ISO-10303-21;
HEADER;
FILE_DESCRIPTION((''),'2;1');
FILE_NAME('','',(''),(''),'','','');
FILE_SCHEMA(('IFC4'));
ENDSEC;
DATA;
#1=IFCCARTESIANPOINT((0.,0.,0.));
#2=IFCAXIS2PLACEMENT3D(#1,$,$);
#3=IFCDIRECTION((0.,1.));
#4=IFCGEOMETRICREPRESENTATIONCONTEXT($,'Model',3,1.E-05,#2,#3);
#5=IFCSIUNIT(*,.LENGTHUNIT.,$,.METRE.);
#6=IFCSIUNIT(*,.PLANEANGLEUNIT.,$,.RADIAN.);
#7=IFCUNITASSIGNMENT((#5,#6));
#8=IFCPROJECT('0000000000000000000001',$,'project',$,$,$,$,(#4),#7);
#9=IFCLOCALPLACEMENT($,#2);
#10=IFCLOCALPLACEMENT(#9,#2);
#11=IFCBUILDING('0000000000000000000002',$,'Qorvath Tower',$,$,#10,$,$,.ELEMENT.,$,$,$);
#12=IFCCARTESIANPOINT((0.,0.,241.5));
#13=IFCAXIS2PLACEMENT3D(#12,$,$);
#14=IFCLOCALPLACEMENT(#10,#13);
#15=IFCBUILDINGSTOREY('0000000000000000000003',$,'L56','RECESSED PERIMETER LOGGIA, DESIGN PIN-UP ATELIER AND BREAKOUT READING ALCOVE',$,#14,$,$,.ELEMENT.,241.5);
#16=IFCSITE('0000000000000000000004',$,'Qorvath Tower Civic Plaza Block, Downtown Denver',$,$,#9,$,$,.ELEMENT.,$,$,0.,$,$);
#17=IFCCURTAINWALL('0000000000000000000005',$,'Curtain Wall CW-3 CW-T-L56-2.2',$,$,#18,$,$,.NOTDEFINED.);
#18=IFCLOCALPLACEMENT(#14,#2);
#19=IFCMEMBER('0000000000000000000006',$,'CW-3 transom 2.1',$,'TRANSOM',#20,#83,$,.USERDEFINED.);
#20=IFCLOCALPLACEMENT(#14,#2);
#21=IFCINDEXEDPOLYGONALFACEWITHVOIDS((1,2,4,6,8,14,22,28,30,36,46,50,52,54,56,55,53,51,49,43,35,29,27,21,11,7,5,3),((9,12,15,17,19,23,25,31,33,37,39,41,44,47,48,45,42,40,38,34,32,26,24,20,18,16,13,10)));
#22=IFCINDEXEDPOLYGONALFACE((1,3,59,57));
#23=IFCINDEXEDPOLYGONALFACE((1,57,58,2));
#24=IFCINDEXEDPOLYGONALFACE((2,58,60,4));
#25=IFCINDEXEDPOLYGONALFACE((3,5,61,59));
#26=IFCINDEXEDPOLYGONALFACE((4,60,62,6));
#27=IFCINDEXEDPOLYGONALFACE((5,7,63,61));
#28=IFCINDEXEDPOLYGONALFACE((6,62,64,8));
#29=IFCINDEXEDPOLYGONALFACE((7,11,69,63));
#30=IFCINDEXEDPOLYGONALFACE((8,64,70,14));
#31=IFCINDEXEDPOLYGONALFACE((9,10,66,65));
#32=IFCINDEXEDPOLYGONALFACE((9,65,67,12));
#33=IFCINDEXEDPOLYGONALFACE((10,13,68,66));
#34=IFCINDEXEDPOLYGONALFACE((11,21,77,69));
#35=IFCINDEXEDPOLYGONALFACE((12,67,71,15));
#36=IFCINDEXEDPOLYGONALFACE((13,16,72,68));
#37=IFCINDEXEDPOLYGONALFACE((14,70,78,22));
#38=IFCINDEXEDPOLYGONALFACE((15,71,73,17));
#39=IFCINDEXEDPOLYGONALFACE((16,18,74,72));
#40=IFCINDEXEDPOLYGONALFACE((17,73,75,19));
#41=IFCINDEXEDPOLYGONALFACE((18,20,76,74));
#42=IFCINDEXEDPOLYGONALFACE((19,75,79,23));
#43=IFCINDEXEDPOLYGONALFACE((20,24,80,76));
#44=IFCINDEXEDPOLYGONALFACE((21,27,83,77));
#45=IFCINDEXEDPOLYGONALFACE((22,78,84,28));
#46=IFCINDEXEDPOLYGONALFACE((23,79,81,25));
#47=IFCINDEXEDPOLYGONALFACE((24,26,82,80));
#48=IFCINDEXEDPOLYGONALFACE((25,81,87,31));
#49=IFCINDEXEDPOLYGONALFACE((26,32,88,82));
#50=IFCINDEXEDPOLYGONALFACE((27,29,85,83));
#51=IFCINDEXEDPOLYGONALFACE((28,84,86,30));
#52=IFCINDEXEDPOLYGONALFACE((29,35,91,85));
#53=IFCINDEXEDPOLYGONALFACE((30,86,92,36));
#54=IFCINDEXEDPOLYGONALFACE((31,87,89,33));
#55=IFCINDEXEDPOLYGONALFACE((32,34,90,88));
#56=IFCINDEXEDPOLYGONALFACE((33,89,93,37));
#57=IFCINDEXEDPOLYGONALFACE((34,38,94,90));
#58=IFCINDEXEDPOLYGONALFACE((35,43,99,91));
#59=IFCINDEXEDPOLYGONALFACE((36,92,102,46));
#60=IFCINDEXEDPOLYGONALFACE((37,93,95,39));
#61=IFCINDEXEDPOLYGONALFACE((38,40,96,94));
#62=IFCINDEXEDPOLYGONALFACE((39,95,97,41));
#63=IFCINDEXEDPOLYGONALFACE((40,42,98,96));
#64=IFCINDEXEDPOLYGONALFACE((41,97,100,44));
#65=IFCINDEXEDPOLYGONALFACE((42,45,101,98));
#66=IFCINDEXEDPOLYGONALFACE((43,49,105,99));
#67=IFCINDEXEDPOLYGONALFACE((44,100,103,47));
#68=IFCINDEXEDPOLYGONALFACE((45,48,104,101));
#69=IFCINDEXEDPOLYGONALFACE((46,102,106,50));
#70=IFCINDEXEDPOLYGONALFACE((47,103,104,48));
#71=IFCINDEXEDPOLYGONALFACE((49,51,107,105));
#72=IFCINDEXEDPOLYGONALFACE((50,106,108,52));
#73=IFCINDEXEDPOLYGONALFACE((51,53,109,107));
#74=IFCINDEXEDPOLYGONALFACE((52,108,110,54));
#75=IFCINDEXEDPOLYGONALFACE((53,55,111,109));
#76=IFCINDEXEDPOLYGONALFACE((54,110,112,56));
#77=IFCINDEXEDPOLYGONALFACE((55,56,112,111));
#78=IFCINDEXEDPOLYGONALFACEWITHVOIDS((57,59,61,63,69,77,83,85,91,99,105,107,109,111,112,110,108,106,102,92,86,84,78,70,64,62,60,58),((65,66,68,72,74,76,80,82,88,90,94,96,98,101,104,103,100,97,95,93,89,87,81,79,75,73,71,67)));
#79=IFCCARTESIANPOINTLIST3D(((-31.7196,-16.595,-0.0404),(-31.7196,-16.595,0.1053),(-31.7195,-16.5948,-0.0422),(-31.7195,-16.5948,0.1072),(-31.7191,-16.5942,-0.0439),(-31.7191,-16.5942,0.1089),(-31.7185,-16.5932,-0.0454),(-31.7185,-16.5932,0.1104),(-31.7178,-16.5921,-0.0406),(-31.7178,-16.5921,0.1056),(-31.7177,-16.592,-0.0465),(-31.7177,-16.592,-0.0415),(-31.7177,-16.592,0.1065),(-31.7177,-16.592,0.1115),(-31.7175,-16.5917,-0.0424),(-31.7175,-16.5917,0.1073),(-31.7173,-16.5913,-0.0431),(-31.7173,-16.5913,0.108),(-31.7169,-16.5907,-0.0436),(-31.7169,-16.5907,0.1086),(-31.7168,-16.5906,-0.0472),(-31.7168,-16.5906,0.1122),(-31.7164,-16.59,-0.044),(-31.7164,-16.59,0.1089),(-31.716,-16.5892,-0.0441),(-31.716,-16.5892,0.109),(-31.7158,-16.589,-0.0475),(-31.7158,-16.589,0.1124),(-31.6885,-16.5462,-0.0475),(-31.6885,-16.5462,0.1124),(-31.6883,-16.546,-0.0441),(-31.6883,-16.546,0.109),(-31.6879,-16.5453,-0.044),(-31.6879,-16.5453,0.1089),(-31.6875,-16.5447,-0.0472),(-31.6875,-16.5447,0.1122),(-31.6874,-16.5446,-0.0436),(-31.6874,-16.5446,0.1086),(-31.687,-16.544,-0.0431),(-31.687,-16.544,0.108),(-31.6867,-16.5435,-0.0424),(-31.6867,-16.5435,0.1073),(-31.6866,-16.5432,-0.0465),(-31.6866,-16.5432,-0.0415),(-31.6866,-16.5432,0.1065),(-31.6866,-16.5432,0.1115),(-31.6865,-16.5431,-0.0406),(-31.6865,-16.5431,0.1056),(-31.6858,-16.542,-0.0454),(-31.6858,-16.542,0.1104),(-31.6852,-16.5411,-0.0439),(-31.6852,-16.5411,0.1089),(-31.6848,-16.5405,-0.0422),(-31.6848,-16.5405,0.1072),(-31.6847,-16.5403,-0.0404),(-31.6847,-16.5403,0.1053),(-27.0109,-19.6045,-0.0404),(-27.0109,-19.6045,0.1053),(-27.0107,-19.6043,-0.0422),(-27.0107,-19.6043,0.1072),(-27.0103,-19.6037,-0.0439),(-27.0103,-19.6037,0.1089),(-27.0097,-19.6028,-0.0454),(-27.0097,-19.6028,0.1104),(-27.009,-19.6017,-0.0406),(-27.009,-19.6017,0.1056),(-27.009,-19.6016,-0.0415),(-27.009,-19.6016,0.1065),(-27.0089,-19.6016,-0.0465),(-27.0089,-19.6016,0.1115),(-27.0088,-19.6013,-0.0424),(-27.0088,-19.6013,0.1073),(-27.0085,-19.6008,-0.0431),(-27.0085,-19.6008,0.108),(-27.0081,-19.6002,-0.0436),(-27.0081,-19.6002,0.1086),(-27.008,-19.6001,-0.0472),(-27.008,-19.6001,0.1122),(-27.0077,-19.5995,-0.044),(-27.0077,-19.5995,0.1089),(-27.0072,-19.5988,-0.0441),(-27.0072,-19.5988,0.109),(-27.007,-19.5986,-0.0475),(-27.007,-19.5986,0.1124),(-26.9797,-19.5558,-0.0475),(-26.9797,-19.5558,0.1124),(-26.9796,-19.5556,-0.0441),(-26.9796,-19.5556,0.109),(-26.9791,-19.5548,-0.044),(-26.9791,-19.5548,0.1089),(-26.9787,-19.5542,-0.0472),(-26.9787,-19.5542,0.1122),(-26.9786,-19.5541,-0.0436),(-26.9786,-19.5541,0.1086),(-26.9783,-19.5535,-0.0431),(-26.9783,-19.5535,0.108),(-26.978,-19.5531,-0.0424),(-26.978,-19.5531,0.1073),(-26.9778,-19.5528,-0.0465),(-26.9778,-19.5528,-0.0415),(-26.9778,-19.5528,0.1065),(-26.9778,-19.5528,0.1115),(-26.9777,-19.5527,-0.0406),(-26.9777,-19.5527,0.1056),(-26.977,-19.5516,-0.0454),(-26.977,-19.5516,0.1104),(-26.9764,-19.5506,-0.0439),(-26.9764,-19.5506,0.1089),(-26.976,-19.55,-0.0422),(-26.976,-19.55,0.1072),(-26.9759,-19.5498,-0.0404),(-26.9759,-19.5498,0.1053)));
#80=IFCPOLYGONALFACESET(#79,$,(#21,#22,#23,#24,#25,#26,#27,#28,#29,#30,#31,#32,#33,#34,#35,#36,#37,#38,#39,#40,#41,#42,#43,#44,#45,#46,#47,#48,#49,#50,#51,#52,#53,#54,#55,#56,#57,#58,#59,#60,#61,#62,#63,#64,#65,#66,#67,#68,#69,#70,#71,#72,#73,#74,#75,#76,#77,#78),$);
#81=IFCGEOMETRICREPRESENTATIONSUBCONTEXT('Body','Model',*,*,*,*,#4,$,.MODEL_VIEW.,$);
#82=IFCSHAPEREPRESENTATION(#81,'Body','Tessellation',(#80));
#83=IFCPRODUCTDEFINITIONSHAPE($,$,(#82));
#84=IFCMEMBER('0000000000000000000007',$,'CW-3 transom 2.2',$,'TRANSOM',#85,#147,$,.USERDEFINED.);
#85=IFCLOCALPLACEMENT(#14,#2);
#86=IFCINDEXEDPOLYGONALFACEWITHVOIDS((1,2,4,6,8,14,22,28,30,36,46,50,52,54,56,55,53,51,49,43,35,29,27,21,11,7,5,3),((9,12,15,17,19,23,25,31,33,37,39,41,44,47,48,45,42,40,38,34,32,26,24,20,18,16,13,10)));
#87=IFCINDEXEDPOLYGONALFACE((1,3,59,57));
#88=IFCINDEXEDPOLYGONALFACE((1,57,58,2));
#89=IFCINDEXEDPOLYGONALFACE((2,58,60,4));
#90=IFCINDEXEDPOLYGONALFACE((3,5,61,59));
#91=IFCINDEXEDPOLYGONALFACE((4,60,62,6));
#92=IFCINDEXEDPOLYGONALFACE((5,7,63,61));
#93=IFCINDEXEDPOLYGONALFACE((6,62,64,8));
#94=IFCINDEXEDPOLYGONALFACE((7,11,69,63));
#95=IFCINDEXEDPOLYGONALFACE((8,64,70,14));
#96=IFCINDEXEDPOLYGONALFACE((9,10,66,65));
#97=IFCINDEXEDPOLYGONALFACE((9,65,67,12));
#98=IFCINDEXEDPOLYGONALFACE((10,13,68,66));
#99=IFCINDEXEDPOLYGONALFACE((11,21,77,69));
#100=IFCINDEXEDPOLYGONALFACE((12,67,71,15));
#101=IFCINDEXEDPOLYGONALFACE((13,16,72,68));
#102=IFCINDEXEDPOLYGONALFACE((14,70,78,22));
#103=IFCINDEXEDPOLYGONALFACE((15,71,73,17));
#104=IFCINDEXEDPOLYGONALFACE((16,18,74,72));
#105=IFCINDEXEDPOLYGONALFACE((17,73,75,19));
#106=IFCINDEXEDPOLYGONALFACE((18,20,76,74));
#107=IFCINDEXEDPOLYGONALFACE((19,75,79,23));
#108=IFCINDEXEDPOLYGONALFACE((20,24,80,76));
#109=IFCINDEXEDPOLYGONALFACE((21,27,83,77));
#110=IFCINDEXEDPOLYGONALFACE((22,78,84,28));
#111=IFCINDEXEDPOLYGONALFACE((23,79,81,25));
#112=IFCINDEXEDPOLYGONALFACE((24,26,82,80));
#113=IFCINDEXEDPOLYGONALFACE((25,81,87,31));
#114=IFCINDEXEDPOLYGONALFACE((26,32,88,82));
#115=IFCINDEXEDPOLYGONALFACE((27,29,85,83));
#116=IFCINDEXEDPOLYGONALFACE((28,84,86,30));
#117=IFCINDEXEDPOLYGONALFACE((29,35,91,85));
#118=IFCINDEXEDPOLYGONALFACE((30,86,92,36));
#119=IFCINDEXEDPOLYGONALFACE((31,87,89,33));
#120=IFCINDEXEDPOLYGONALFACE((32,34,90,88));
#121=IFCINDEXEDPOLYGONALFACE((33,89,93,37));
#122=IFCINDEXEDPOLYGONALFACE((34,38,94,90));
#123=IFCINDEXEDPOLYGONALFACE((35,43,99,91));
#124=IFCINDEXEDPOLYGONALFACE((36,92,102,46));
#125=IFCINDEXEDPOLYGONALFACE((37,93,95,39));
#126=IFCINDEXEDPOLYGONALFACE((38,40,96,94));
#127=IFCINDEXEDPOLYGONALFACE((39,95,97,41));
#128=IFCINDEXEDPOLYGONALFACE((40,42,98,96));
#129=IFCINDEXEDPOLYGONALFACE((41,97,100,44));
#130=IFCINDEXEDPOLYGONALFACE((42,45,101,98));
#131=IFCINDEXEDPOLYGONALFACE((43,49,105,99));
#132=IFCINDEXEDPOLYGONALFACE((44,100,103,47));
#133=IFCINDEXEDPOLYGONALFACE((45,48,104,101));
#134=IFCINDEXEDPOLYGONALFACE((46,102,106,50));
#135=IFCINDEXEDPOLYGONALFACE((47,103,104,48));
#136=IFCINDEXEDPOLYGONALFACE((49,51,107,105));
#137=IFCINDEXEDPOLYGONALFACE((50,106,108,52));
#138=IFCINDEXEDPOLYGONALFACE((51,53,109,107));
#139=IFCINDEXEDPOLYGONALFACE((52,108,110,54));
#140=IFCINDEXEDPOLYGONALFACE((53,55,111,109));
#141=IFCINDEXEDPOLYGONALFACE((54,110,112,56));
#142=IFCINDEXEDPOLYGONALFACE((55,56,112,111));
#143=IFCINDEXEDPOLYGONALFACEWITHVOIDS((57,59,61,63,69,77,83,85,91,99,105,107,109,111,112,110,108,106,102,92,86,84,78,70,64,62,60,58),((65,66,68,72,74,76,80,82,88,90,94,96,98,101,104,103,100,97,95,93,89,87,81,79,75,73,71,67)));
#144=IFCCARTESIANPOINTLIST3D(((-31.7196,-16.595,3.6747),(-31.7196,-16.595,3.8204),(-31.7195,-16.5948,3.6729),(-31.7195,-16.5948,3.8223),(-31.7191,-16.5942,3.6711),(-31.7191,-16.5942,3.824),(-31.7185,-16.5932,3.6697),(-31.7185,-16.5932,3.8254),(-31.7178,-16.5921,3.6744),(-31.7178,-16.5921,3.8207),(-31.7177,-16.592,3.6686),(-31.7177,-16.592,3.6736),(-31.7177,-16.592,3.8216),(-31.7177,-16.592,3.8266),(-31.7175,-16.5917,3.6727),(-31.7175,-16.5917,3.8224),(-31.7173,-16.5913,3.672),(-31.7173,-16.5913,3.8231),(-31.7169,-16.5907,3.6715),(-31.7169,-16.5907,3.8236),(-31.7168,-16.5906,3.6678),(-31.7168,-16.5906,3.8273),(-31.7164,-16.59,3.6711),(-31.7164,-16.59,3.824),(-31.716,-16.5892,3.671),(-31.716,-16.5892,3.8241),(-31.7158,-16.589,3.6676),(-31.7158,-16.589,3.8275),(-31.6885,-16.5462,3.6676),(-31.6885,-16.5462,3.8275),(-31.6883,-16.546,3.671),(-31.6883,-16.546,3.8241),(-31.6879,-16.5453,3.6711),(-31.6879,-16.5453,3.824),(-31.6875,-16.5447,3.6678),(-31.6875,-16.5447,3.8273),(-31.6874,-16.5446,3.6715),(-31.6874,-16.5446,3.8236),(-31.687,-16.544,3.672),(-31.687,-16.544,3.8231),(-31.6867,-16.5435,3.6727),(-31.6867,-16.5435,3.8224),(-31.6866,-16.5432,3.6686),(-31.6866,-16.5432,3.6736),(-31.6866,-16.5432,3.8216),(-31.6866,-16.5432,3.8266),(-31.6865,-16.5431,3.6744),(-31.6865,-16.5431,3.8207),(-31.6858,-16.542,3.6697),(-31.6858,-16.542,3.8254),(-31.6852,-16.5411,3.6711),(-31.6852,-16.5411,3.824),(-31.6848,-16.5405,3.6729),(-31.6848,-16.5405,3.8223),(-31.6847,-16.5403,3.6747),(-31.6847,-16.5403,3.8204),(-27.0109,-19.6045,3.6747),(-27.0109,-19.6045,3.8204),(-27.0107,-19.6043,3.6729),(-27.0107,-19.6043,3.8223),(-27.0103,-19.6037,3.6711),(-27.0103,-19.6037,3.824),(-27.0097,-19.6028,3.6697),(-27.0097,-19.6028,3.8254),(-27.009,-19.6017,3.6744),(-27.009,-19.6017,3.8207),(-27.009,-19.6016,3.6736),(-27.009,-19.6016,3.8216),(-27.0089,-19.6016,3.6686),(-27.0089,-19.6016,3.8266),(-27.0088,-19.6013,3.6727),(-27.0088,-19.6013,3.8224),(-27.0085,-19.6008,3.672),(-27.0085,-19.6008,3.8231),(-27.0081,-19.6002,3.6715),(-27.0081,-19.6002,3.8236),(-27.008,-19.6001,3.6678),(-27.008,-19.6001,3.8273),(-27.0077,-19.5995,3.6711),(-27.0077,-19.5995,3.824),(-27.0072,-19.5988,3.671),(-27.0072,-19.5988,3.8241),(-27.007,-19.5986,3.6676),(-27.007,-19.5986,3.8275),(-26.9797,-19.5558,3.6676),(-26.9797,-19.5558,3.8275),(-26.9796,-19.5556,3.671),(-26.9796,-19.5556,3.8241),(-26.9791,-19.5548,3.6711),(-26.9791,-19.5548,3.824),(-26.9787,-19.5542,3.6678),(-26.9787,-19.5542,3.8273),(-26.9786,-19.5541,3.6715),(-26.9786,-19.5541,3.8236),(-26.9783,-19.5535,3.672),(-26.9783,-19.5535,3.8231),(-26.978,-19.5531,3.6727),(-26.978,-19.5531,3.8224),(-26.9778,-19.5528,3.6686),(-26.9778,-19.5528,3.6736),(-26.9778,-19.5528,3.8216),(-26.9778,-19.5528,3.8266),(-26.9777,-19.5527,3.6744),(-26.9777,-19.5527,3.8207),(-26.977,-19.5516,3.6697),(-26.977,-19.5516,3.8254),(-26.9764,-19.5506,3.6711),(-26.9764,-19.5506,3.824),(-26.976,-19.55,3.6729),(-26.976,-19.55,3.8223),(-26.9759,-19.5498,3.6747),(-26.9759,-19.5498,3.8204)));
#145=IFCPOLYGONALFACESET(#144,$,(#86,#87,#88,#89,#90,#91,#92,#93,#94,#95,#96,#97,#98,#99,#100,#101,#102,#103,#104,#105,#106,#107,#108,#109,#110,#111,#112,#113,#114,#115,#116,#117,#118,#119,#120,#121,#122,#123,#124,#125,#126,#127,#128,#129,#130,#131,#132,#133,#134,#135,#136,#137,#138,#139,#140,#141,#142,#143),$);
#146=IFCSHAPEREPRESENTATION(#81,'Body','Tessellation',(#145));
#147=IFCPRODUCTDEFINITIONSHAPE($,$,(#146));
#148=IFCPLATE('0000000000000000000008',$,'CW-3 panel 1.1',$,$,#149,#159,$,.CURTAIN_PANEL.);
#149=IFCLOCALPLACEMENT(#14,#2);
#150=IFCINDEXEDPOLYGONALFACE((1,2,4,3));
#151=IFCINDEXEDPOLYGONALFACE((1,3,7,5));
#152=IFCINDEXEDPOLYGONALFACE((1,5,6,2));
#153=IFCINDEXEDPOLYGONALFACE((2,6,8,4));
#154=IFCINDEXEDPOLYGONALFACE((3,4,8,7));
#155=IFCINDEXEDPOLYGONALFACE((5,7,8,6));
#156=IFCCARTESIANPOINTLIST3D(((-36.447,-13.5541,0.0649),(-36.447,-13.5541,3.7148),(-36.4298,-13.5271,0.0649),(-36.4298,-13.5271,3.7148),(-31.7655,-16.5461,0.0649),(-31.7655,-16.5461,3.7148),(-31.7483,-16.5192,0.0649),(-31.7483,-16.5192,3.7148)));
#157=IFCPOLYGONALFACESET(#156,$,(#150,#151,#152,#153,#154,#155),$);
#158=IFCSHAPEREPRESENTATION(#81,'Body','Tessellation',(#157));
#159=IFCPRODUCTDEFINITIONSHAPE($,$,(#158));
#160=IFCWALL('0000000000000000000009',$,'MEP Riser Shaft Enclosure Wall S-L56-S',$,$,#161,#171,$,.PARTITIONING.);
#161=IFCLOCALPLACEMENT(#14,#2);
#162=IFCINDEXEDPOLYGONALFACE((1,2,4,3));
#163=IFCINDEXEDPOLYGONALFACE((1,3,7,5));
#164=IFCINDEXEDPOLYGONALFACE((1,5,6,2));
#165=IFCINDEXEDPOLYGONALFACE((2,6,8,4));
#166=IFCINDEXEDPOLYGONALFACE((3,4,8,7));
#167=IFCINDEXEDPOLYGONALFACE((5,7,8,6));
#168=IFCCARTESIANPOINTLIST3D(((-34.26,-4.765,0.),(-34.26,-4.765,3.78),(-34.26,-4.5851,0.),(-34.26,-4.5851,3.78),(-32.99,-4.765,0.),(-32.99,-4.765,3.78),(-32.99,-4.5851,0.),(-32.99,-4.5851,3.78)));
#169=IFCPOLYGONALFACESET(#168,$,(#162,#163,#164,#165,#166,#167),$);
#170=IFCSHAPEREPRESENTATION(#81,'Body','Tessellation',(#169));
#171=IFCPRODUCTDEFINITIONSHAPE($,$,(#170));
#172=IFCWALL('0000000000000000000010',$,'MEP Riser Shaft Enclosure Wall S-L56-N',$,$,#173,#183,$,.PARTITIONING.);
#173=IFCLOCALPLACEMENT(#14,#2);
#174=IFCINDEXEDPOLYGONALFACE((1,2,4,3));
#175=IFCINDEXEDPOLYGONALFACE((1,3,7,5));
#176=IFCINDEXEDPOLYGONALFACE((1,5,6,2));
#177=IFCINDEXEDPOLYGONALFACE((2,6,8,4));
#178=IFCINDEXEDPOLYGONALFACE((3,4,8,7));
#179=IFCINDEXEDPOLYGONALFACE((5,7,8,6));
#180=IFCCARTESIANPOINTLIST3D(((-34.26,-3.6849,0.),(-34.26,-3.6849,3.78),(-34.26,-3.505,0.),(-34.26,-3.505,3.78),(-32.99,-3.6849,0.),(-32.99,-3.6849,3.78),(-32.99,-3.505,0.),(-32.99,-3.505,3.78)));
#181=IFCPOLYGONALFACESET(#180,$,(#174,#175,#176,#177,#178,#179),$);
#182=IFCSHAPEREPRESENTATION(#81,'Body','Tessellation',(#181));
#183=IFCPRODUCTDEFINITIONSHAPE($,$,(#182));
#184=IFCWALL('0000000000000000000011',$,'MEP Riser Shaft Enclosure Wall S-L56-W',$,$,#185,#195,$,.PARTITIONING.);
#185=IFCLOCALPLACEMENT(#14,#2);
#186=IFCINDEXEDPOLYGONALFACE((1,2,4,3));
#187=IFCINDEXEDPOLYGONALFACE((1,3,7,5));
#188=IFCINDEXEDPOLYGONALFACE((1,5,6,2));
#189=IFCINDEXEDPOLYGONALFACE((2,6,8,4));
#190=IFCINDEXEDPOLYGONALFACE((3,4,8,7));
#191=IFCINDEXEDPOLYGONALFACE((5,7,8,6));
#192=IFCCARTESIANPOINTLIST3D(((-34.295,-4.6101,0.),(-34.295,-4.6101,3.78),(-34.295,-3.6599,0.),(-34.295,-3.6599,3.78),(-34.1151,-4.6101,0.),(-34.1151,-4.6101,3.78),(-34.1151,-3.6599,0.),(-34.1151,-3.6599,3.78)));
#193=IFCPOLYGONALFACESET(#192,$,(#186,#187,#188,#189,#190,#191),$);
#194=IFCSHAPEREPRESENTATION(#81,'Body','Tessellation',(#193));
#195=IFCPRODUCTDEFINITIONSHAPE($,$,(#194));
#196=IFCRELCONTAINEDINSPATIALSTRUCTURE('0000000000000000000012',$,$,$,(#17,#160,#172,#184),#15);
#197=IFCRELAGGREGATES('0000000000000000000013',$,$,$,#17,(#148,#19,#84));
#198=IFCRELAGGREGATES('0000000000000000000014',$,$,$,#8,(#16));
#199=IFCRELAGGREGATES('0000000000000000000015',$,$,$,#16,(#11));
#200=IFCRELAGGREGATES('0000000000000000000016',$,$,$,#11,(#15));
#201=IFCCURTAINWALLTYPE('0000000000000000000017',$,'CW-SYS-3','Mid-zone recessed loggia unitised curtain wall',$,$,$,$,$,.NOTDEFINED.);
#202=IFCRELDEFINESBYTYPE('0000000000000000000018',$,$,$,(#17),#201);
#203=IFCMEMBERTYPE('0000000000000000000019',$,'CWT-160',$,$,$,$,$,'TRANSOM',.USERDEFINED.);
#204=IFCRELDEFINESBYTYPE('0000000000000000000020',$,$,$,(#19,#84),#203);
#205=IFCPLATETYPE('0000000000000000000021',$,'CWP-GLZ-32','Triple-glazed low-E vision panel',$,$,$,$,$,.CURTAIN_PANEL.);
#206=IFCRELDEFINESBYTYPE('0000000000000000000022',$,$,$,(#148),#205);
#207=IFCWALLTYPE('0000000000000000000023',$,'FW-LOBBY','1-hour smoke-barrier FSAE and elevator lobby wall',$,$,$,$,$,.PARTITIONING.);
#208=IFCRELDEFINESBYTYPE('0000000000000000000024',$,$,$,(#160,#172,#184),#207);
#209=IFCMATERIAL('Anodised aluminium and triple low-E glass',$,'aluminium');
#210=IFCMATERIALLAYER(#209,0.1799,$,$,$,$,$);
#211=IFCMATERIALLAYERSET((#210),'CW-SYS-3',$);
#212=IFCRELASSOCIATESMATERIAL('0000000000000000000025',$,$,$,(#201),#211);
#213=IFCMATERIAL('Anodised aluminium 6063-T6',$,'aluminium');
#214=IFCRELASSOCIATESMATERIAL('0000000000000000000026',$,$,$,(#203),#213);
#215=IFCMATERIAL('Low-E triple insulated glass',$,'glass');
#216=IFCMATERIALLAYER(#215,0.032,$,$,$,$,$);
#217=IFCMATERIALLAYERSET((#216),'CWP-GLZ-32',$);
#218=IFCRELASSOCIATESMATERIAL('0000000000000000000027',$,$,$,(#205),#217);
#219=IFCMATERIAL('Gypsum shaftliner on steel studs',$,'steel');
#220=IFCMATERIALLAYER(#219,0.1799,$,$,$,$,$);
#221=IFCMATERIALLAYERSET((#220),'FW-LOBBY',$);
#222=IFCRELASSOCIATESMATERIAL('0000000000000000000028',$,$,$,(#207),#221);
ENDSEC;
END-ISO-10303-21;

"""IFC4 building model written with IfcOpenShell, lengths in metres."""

from ifc_helpers import new_model, si_unit, direction, frame, frame_2d, origin, origin_2d, place, context, subcontext, project, spatial, rectangle, hollow_rectangle, extrude, material, layer, layer_set, material_profile, profile_set, type_object, element, aggregate, save


model = new_model("IFC4")

# Units and contexts
model_context = context("Model", 3, precision=1e-05, world=origin(), true_north=direction((0.0, 1.0)))
body_context = subcontext(model_context, "Body", "Model", "MODEL_VIEW")
ifc_project = project(units=[si_unit("LENGTHUNIT", "METRE"), si_unit("PLANEANGLEUNIT", "RADIAN")], contexts=[model_context])

# Site, building, storey
site_placement = place(None, origin())
site = spatial("IfcSite", under=ifc_project, at=site_placement, Name="Qorvath Tower Civic Plaza Block, Downtown Denver", CompositionType="ELEMENT", RefElevation=0.0)
building_placement = place(site_placement, origin())
building = spatial("IfcBuilding", under=site, at=building_placement, Name="Qorvath Tower", CompositionType="ELEMENT")
storey_placement = place(building_placement, frame((0.0, 0.0, 241.5)))
storey = spatial("IfcBuildingStorey", under=building, at=storey_placement, Name="L56", Description="RECESSED PERIMETER LOGGIA, DESIGN PIN-UP ATELIER AND BREAKOUT READING ALCOVE", CompositionType="ELEMENT", Elevation=241.5)

# Curtain wall, members, plate
ifc_material_1 = material(Name="Anodised aluminium and triple low-E glass", Category="aluminium")
ifc_layer_1 = layer(ifc_material_1, 0.1799)
ifc_layer_set_1 = layer_set([ifc_layer_1], Name="CW-SYS-3")
curtain_wall_type = type_object("IfcCurtainWallType", Name="CW-SYS-3", Description="Mid-zone recessed loggia unitised curtain wall", PredefinedType="NOTDEFINED", material=ifc_layer_set_1)
curtain_wall_placement = place(storey_placement, origin())
curtain_wall = element("IfcCurtainWall", 1, at=curtain_wall_placement, inside=storey, type_object=curtain_wall_type, Name="Curtain Wall CW-3 CW-T-L56-2.2", PredefinedType="NOTDEFINED")
ifc_material_2 = material(Name="Anodised aluminium 6063-T6", Category="aluminium")
ifc_material_profile_1 = material_profile(ifc_material_2, hollow_rectangle(XDim=0.0649, YDim=0.1599, WallThickness=0.0034, InnerFilletRadius=0.0034, OuterFilletRadius=0.0071, at=origin_2d()), Name="CWT 160x65")
ifc_profile_set_1 = profile_set([ifc_material_profile_1], Name="Anodised aluminium 6063-T6")
member_type_1 = type_object("IfcMemberType", Name="CWT-160", ElementType="TRANSOM", PredefinedType="USERDEFINED", material=ifc_profile_set_1)
member_1_placement = place(storey_placement, frame((-31.7021, -16.5676, 0.0325), z_axis=(0.842602, -0.538537, 0.0), x_axis=(0.538537, 0.842602, 0.0)))
member_1 = element("IfcMember", 2, at=member_1_placement, type_object=member_type_1, Name="CW-3 transom 2.1", ObjectType="TRANSOM", PredefinedType="USERDEFINED", context=body_context, shape_type="SweptSolid", body=[
    extrude(hollow_rectangle(XDim=0.0649, YDim=0.1599, WallThickness=0.0034, InnerFilletRadius=0.0034, OuterFilletRadius=0.0071, at=origin_2d()), origin(), (0.0, 0.0, 1.0), 5.5884),
])
member_2_placement = place(storey_placement, frame((-31.7021, -16.5676, 3.7476), z_axis=(0.842602, -0.538537, 0.0), x_axis=(0.538537, 0.842602, 0.0)))
member_2 = element("IfcMember", 3, at=member_2_placement, type_object=member_type_1, Name="CW-3 transom 2.2", ObjectType="TRANSOM", PredefinedType="USERDEFINED", context=body_context, shape_type="SweptSolid", body=[
    extrude(hollow_rectangle(XDim=0.0649, YDim=0.1599, WallThickness=0.0034, InnerFilletRadius=0.0034, OuterFilletRadius=0.0071, at=origin_2d()), origin(), (0.0, 0.0, 1.0), 5.5884),
])
ifc_material_3 = material(Name="Low-E triple insulated glass", Category="glass")
ifc_layer_2 = layer(ifc_material_3, 0.032)
ifc_layer_set_2 = layer_set([ifc_layer_2], Name="CWP-GLZ-32")
plate_type = type_object("IfcPlateType", Name="CWP-GLZ-32", Description="Triple-glazed low-E vision panel", PredefinedType="CURTAIN_PANEL", material=ifc_layer_set_2)
plate_placement = place(storey_placement, frame((-34.0977, -15.0366, 0.0649), z_axis=(0.0, 0.0, 1.0), x_axis=(0.842606, -0.53853, 0.0)))
plate = element("IfcPlate", 4, at=plate_placement, type_object=plate_type, Name="CW-3 panel 1.1", PredefinedType="CURTAIN_PANEL", context=body_context, shape_type="SweptSolid", body=[
    extrude(rectangle(XDim=5.5559, YDim=0.032, at=origin_2d()), origin(), (0.0, 0.0, 1.0), 3.6499),
])
aggregate(curtain_wall, [plate, member_1, member_2])

# Walls
ifc_material_4 = material(Name="Gypsum shaftliner on steel studs", Category="steel")
ifc_layer_3 = layer(ifc_material_4, 0.1799)
ifc_layer_set_3 = layer_set([ifc_layer_3], Name="FW-LOBBY")
wall_type_1 = type_object("IfcWallType", Name="FW-LOBBY", Description="1-hour smoke-barrier FSAE and elevator lobby wall", PredefinedType="PARTITIONING", material=ifc_layer_set_3)
for number, where, z_axis, x_axis, name in (
    (5, (-32.99, -4.675, 0.0), (0.0, 0.0, 1.0), (-1.0, 0.0, 0.0), "MEP Riser Shaft Enclosure Wall S-L56-S"),
    (6, (-34.26, -3.595, 0.0), (0.0, 0.0, 1.0), (1.0, 0.0, 0.0), "MEP Riser Shaft Enclosure Wall S-L56-N"),
):
    element("IfcWall", number, at=place(storey_placement, frame(where, z_axis=z_axis, x_axis=x_axis)), inside=storey, type_object=wall_type_1, Name=name, PredefinedType="PARTITIONING", context=body_context, shape_type="SweptSolid", body=[
        extrude(rectangle(XDim=1.27, YDim=0.1799, at=frame_2d((0.635, 0.0))), origin(), (0.0, 0.0, 1.0), 3.78),
    ])
for number, where, z_axis, x_axis, name in (
    (7, (-34.2051, -4.6101, 0.0), (0.0, 0.0, 1.0), (0.0, 1.0, 0.0), "MEP Riser Shaft Enclosure Wall S-L56-W"),
):
    element("IfcWall", number, at=place(storey_placement, frame(where, z_axis=z_axis, x_axis=x_axis)), inside=storey, type_object=wall_type_1, Name=name, PredefinedType="PARTITIONING", context=body_context, shape_type="SweptSolid", body=[
        extrude(rectangle(XDim=0.9502, YDim=0.1799, at=frame_2d((0.4751, 0.0))), origin(), (0.0, 0.0, 1.0), 3.78),
    ])

save(model, "model.ifc")
